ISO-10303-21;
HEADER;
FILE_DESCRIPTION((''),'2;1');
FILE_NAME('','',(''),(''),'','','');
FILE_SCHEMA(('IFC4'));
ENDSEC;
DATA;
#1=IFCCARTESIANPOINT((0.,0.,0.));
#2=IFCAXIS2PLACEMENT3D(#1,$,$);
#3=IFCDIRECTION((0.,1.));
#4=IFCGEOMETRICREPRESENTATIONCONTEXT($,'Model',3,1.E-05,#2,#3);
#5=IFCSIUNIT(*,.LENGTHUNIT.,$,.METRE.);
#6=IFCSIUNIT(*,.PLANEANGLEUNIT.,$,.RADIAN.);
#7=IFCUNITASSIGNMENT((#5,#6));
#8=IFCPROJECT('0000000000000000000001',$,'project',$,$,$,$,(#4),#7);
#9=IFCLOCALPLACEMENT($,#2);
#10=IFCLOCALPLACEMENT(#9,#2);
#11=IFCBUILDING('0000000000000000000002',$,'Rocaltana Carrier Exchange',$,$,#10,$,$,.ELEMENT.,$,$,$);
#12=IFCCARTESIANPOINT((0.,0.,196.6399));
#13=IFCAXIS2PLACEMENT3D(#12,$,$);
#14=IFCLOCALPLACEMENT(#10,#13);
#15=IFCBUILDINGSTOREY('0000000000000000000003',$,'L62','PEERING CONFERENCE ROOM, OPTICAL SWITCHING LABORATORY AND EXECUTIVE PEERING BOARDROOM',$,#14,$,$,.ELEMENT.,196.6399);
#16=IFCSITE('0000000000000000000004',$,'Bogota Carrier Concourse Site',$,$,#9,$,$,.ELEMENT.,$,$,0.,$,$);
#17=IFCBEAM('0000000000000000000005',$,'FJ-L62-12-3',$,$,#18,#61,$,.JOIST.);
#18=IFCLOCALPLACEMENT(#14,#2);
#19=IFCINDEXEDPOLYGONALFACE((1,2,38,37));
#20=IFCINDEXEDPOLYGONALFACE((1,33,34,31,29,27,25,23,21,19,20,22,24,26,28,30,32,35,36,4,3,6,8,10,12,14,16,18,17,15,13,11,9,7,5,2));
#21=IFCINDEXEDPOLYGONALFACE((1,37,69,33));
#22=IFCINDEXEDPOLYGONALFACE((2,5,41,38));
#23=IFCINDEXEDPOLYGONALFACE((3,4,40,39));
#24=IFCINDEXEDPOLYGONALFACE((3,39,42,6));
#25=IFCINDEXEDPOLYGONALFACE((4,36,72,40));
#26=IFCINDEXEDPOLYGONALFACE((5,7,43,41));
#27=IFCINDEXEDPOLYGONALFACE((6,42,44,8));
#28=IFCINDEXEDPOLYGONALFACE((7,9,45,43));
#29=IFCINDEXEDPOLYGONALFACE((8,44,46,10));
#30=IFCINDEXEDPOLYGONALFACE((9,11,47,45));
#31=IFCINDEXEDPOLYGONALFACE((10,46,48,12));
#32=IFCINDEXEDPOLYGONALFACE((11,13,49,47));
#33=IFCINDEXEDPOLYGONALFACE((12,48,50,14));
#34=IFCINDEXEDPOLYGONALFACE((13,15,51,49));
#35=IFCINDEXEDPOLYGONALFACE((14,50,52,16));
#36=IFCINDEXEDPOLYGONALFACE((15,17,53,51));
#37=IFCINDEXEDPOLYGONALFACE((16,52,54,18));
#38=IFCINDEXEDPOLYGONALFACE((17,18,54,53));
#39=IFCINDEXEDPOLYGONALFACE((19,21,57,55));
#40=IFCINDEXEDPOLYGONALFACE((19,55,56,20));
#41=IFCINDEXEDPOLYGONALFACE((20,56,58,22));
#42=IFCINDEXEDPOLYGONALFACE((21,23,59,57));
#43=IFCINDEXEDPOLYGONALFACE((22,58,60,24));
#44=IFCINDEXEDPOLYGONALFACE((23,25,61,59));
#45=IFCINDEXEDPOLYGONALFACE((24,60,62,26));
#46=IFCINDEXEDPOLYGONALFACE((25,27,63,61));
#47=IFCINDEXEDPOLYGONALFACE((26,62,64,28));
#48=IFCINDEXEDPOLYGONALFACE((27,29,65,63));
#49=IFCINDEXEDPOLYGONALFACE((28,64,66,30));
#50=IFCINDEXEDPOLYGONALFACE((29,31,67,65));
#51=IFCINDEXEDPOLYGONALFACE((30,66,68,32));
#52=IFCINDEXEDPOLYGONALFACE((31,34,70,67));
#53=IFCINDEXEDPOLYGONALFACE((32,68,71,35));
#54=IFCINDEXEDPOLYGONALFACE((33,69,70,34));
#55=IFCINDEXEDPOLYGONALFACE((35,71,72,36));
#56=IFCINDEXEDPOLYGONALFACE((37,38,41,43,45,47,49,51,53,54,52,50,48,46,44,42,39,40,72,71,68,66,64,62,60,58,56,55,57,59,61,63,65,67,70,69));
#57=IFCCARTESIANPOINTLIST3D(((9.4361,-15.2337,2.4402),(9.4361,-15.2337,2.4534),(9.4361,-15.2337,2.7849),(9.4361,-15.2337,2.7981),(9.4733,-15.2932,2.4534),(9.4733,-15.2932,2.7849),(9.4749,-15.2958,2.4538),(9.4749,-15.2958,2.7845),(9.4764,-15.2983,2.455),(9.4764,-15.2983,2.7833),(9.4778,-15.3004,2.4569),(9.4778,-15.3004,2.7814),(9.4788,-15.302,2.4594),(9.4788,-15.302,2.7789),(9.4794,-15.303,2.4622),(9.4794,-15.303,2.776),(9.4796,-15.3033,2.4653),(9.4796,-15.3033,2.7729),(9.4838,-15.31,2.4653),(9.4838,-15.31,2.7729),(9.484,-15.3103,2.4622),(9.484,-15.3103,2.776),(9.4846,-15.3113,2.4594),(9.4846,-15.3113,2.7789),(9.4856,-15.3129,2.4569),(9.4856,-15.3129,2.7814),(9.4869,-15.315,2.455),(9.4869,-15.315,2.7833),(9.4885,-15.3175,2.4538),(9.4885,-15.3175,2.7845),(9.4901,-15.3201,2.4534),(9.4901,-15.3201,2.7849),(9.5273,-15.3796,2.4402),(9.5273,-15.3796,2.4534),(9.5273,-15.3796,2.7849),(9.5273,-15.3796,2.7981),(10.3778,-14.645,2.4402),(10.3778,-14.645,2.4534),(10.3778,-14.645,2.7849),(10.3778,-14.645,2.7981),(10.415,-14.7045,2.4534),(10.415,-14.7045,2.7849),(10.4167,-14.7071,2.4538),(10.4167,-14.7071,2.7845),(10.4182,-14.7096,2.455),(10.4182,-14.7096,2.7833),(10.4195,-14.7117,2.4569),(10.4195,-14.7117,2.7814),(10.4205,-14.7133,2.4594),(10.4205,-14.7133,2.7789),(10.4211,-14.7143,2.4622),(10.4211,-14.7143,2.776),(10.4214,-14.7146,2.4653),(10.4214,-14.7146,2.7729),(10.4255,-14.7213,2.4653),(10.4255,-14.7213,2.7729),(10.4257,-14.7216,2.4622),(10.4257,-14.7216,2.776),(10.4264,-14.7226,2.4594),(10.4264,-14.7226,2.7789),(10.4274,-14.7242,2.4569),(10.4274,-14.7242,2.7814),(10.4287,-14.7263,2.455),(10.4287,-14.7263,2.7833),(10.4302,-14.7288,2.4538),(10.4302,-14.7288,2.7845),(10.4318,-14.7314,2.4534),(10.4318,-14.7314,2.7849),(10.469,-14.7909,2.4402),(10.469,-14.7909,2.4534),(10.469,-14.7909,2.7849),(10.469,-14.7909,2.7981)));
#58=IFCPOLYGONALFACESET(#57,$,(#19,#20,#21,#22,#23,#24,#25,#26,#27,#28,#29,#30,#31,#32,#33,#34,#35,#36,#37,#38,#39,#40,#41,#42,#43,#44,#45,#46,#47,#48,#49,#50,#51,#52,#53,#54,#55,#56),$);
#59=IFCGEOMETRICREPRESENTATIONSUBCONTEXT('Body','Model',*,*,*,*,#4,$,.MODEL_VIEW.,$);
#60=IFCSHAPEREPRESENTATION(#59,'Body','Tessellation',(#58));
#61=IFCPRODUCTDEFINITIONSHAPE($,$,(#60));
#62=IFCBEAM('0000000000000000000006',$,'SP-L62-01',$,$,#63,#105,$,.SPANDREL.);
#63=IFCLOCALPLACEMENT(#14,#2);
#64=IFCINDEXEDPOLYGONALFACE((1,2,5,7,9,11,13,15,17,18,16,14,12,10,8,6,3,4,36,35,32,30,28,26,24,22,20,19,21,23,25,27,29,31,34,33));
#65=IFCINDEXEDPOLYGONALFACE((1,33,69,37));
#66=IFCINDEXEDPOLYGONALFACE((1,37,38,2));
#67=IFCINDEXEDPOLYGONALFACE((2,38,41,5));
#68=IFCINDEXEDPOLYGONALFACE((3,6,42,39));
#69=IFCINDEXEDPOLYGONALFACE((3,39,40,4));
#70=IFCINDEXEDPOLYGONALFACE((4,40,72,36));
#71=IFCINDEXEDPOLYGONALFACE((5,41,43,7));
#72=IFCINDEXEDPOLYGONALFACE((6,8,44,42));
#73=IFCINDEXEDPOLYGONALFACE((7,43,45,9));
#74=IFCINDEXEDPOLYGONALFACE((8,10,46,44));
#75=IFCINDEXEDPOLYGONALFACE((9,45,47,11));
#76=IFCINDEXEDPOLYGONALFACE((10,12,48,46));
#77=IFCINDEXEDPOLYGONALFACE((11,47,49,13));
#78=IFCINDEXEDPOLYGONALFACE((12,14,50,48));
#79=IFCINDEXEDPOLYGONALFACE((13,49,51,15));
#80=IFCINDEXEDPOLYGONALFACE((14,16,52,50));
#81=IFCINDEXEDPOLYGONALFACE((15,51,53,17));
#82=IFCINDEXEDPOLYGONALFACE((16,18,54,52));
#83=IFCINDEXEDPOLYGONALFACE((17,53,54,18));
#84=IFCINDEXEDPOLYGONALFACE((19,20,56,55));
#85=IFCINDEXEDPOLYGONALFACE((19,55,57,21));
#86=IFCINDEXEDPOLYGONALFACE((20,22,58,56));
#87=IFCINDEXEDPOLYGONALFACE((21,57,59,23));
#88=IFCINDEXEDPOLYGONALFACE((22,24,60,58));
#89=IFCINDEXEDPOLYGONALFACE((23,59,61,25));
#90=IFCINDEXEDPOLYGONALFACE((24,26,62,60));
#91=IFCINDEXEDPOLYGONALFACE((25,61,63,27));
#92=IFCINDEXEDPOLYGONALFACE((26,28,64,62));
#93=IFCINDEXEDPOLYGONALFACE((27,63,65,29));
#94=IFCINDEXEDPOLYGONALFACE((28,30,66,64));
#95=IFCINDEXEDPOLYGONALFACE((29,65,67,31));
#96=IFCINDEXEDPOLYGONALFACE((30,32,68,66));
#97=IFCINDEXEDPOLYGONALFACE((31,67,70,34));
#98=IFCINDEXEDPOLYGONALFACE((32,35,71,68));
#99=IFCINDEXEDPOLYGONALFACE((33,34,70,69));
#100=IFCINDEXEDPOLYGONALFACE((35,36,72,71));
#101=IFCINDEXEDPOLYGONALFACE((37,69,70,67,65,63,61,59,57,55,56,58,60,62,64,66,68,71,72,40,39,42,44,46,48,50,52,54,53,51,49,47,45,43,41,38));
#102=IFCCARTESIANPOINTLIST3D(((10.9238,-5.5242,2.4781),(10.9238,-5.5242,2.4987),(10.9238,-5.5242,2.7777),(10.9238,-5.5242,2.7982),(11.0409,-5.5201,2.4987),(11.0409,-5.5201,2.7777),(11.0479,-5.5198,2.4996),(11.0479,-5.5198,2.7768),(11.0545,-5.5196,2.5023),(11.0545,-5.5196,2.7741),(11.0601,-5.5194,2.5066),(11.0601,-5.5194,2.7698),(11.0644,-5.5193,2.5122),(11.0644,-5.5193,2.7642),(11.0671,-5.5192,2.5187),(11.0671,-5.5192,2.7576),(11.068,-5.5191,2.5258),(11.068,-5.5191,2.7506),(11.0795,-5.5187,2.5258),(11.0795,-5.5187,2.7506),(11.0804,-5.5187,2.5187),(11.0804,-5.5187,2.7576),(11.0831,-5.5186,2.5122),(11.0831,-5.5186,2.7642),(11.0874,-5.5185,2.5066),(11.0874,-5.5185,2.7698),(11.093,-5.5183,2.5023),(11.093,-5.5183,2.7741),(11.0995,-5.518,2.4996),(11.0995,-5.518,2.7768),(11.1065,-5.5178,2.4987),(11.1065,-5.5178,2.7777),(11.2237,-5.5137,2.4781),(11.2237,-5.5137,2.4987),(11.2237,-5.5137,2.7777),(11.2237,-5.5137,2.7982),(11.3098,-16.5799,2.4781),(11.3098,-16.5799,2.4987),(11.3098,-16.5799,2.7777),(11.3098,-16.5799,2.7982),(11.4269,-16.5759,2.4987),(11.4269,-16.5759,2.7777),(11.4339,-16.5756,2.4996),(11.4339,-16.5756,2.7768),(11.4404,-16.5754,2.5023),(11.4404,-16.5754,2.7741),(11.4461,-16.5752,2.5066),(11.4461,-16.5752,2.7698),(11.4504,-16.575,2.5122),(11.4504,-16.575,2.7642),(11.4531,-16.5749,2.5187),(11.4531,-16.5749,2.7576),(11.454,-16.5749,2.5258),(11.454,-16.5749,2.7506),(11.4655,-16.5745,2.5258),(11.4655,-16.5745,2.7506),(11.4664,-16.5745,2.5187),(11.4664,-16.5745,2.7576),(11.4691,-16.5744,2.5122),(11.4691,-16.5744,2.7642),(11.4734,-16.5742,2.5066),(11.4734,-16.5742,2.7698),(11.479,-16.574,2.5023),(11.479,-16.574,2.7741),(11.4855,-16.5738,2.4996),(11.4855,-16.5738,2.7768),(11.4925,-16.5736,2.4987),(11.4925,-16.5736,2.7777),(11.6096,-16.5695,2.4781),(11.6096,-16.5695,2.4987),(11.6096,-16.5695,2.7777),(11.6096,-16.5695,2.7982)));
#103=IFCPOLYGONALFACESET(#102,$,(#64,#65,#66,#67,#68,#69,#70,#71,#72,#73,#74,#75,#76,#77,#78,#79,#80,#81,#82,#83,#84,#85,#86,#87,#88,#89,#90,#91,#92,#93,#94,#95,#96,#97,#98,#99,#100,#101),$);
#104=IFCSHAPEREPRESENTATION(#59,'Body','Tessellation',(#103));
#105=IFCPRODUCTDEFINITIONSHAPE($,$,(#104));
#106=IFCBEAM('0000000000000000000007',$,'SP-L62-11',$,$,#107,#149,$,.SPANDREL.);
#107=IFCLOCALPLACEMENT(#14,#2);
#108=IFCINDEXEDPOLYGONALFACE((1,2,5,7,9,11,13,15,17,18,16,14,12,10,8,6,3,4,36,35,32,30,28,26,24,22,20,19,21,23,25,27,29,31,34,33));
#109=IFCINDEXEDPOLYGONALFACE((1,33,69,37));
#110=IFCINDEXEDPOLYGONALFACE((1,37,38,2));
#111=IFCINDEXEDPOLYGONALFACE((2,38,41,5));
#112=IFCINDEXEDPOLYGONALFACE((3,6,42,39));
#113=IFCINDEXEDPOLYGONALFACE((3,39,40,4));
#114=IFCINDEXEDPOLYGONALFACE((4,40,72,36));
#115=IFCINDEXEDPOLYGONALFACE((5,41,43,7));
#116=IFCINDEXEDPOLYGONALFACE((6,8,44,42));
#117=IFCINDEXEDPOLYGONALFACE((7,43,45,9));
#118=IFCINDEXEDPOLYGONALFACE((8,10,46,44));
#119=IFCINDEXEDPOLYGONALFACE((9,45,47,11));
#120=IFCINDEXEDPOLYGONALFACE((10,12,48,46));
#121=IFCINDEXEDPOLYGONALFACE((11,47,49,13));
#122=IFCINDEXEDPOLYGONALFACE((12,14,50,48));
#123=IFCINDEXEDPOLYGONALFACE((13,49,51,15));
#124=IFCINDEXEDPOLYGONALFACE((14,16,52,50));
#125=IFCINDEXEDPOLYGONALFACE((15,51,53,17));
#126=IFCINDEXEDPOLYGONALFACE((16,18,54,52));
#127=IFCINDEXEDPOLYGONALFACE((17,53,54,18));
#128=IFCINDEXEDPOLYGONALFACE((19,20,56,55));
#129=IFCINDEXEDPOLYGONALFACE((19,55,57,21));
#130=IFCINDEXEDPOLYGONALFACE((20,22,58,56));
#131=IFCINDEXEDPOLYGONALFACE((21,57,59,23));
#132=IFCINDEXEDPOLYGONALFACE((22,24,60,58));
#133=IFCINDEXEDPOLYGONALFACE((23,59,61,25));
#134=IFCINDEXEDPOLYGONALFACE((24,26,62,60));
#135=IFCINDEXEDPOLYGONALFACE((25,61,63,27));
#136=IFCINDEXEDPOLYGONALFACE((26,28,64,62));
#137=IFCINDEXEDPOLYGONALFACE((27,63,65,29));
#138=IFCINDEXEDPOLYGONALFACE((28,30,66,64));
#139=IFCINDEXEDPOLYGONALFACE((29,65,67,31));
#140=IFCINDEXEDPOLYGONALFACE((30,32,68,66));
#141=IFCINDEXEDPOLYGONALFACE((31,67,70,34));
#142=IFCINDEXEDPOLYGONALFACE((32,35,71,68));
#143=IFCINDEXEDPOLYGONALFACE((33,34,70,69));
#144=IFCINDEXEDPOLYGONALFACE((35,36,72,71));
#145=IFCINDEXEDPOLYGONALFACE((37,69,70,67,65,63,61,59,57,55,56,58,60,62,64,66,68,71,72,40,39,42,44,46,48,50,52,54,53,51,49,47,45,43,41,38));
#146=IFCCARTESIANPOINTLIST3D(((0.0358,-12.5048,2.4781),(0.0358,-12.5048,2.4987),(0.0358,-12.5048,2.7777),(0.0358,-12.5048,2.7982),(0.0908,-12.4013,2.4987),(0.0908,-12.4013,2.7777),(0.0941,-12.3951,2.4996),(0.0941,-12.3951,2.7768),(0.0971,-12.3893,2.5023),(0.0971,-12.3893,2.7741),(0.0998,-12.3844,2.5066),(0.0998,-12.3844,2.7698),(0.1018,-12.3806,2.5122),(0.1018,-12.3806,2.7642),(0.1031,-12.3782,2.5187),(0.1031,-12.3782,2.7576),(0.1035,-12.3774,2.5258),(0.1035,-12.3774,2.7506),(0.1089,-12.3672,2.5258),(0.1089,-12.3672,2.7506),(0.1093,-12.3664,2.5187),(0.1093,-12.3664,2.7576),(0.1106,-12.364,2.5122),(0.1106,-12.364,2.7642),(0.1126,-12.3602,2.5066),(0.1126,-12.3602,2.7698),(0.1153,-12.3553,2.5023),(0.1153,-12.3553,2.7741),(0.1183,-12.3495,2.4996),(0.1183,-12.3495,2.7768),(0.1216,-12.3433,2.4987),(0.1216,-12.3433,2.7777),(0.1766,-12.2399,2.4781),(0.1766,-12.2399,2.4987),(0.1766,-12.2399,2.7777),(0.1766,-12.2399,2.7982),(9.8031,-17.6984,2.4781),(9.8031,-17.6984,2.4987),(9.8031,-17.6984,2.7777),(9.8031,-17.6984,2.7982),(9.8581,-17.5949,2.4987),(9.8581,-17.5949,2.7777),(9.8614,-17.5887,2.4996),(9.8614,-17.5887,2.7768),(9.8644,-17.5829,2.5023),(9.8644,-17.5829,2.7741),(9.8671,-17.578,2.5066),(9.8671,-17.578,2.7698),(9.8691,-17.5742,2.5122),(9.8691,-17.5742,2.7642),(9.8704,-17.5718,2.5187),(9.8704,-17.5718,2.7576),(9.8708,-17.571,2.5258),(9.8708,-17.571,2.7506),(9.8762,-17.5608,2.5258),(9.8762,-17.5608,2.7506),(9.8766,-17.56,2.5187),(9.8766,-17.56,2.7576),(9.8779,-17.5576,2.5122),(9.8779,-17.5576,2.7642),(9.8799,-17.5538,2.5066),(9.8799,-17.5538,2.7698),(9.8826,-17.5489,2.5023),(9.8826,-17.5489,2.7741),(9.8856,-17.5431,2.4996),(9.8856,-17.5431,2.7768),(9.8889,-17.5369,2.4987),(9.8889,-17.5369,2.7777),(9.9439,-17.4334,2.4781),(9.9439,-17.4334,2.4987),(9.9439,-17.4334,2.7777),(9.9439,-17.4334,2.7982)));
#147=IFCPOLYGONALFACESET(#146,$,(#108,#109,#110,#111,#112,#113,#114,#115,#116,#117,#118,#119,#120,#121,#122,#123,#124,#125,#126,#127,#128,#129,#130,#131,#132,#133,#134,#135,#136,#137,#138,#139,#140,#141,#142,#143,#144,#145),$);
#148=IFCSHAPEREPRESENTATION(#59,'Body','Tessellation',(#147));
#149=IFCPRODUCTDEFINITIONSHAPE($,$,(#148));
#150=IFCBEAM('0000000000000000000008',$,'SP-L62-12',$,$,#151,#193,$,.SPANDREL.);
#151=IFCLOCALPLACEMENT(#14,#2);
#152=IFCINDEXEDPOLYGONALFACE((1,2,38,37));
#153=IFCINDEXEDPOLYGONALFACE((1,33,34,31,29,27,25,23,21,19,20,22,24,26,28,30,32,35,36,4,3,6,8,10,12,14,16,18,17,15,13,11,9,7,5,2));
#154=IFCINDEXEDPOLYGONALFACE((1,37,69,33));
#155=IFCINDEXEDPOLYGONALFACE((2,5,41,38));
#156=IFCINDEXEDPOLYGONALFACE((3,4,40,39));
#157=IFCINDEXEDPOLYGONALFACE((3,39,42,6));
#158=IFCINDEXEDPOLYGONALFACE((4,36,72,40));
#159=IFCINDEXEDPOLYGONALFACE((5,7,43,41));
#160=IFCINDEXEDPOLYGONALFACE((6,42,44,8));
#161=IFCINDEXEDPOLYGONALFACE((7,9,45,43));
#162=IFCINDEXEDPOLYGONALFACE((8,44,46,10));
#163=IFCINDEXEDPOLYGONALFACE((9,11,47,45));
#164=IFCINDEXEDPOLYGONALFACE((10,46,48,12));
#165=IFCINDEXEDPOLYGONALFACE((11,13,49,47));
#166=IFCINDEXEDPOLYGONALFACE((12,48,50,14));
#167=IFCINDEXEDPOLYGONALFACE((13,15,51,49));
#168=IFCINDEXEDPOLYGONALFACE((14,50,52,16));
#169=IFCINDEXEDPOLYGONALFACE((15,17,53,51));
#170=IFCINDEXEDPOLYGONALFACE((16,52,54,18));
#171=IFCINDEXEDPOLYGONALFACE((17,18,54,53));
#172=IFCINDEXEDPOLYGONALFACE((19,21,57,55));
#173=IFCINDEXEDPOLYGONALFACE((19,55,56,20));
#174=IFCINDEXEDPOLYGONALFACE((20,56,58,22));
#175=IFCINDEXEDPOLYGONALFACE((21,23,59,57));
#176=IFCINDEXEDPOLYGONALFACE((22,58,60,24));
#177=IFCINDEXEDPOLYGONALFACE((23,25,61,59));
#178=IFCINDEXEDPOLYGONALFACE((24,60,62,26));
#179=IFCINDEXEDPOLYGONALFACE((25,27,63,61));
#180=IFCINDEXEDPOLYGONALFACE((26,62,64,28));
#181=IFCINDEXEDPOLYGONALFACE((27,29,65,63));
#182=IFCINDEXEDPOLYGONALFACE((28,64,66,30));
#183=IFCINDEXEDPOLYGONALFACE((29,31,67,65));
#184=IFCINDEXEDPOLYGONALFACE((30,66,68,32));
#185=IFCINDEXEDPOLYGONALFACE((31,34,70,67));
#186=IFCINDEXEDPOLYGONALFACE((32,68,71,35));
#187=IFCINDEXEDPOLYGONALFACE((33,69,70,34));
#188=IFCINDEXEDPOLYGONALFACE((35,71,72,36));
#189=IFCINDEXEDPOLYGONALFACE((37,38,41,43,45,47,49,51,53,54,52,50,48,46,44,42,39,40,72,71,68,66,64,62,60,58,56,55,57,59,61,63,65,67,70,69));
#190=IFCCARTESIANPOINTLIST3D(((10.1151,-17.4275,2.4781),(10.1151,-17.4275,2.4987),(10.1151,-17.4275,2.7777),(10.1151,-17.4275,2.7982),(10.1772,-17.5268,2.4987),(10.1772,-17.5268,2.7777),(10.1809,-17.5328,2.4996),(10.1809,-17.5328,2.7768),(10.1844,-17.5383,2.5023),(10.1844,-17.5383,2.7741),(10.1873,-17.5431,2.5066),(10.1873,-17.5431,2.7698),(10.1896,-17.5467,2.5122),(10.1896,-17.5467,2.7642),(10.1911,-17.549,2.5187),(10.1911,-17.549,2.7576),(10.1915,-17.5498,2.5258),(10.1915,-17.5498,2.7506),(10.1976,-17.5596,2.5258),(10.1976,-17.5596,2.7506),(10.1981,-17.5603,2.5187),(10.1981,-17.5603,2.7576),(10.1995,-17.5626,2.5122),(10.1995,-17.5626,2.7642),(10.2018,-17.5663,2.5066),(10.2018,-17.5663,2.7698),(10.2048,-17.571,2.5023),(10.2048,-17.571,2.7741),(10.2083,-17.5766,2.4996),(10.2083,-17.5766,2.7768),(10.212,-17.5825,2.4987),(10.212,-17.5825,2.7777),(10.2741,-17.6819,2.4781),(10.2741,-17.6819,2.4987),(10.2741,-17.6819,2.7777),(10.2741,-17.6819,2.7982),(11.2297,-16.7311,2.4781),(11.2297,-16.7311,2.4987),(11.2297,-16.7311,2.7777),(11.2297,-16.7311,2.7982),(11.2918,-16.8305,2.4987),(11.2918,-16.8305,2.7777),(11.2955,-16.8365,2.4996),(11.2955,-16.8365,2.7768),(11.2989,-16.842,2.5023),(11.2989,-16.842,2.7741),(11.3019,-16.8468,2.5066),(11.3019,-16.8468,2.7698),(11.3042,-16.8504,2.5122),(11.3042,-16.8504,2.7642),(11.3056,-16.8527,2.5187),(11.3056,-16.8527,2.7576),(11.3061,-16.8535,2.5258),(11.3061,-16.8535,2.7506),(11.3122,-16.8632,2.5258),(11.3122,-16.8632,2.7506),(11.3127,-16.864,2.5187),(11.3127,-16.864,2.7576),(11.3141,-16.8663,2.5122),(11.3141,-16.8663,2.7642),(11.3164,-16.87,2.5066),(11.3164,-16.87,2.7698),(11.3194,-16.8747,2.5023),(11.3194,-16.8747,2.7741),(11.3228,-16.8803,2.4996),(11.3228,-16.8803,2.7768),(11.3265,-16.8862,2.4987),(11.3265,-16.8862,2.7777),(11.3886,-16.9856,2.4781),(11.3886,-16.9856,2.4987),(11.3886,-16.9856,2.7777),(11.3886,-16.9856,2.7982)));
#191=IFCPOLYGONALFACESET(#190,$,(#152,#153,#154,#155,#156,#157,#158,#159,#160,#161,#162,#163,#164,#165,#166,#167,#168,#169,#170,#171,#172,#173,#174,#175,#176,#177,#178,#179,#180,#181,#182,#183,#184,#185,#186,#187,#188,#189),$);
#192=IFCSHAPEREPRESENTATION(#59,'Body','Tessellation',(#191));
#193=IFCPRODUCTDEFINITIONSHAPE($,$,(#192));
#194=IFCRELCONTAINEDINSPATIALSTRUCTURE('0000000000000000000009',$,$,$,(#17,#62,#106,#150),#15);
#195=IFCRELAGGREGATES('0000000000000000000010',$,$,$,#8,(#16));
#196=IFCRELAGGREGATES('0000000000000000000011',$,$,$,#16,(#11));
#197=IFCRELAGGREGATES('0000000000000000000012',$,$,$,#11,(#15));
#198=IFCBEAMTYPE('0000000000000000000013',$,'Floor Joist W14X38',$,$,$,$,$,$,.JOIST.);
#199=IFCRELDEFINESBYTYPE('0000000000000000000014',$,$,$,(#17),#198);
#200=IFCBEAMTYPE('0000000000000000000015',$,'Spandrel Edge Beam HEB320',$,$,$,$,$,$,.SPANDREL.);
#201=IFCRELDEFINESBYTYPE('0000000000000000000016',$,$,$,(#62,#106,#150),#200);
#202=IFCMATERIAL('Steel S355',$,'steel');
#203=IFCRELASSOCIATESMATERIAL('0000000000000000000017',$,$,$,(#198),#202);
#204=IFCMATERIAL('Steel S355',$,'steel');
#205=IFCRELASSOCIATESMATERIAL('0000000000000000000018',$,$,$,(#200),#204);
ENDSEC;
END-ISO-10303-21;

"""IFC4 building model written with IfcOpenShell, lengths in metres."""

from ifc_helpers import new_model, si_unit, direction, frame, origin, origin_2d, place, context, subcontext, project, spatial, i_section, extrude, material, material_profile, profile_set, type_object, element, save


model = new_model("IFC4")

# Units and contexts
model_context = context("Model", 3, precision=1e-05, world=origin(), true_north=direction((0.0, 1.0)))
body_context = subcontext(model_context, "Body", "Model", "MODEL_VIEW")
ifc_project = project(units=[si_unit("LENGTHUNIT", "METRE"), si_unit("PLANEANGLEUNIT", "RADIAN")], contexts=[model_context])

# Site, building, storey
site_placement = place(None, origin())
site = spatial("IfcSite", under=ifc_project, at=site_placement, Name="Bogota Carrier Concourse Site", CompositionType="ELEMENT", RefElevation=0.0)
building_placement = place(site_placement, origin())
building = spatial("IfcBuilding", under=site, at=building_placement, Name="Rocaltana Carrier Exchange", CompositionType="ELEMENT")
storey_placement = place(building_placement, frame((0.0, 0.0, 196.6399)))
storey = spatial("IfcBuildingStorey", under=building, at=storey_placement, Name="L62", Description="PEERING CONFERENCE ROOM, OPTICAL SWITCHING LABORATORY AND EXECUTIVE PEERING BOARDROOM", CompositionType="ELEMENT", Elevation=196.6399)

# Beams
ifc_material_1 = material(Name="Steel S355", Category="steel")
ifc_material_profile_1 = material_profile(ifc_material_1, i_section(OverallWidth=0.1721, OverallDepth=0.3579, WebThickness=0.0078, FlangeThickness=0.0132, FilletRadius=0.012, at=origin_2d()), Name="W14X38")
ifc_profile_set_1 = profile_set([ifc_material_profile_1], Name="Steel S355")
beam_type_1 = type_object("IfcBeamType", Name="Floor Joist W14X38", PredefinedType="JOIST", material=ifc_profile_set_1)
beam_1_placement = place(storey_placement, frame((9.4817, -15.3066, 2.6191), z_axis=(0.847961, 0.530058, 0.0), x_axis=(-0.530058, 0.847961, 0.0)))
element("IfcBeam", 1, at=beam_1_placement, inside=storey, type_object=beam_type_1, Name="FJ-L62-12-3", PredefinedType="JOIST", context=body_context, shape_type="SweptSolid", body=[
    extrude(i_section(OverallWidth=0.1721, OverallDepth=0.3579, WebThickness=0.0078, FlangeThickness=0.0132, FilletRadius=0.012, at=origin_2d()), origin(), (0.0, 0.0, 1.0), 1.1106),
])
ifc_material_2 = material(Name="Steel S355", Category="steel")
ifc_material_profile_2 = material_profile(ifc_material_2, i_section(OverallWidth=0.3, OverallDepth=0.3201, WebThickness=0.0115, FlangeThickness=0.0205, FilletRadius=0.0271, at=origin_2d()), Name="HEB320")
ifc_profile_set_2 = profile_set([ifc_material_profile_2], Name="Steel S355")
beam_type_2 = type_object("IfcBeamType", Name="Spandrel Edge Beam HEB320", PredefinedType="SPANDREL", material=ifc_profile_set_2)
beam_2_placement = place(storey_placement, frame((11.4597, -16.5747, 2.6382), z_axis=(-0.034892, 0.999391, 0.0), x_axis=(-0.999391, -0.034892, 0.0)))
element("IfcBeam", 2, at=beam_2_placement, inside=storey, type_object=beam_type_2, Name="SP-L62-01", PredefinedType="SPANDREL", context=body_context, shape_type="SweptSolid", body=[
    extrude(i_section(OverallWidth=0.3, OverallDepth=0.3201, WebThickness=0.0115, FlangeThickness=0.0205, FilletRadius=0.0271, at=origin_2d()), origin(), (0.0, 0.0, 1.0), 11.0625),
])
beam_3_placement = place(storey_placement, frame((0.1062, -12.3723, 2.6382), z_axis=(0.882939, -0.469487, 0.0), x_axis=(0.469487, 0.882939, 0.0)))
element("IfcBeam", 3, at=beam_3_placement, inside=storey, type_object=beam_type_2, Name="SP-L62-11", PredefinedType="SPANDREL", context=body_context, shape_type="SweptSolid", body=[
    extrude(i_section(OverallWidth=0.3, OverallDepth=0.3201, WebThickness=0.0115, FlangeThickness=0.0205, FilletRadius=0.0271, at=origin_2d()), origin(), (0.0, 0.0, 1.0), 11.0623),
])
beam_4_placement = place(storey_placement, frame((10.1946, -17.5547, 2.6382), z_axis=(0.848092, 0.529849, 0.0), x_axis=(-0.529849, 0.848092, 0.0)))
element("IfcBeam", 4, at=beam_4_placement, inside=storey, type_object=beam_type_2, Name="SP-L62-12", PredefinedType="SPANDREL", context=body_context, shape_type="SweptSolid", body=[
    extrude(i_section(OverallWidth=0.3, OverallDepth=0.3201, WebThickness=0.0115, FlangeThickness=0.0205, FilletRadius=0.0271, at=origin_2d()), origin(), (0.0, 0.0, 1.0), 1.3142),
])

save(model, "model.ifc")
